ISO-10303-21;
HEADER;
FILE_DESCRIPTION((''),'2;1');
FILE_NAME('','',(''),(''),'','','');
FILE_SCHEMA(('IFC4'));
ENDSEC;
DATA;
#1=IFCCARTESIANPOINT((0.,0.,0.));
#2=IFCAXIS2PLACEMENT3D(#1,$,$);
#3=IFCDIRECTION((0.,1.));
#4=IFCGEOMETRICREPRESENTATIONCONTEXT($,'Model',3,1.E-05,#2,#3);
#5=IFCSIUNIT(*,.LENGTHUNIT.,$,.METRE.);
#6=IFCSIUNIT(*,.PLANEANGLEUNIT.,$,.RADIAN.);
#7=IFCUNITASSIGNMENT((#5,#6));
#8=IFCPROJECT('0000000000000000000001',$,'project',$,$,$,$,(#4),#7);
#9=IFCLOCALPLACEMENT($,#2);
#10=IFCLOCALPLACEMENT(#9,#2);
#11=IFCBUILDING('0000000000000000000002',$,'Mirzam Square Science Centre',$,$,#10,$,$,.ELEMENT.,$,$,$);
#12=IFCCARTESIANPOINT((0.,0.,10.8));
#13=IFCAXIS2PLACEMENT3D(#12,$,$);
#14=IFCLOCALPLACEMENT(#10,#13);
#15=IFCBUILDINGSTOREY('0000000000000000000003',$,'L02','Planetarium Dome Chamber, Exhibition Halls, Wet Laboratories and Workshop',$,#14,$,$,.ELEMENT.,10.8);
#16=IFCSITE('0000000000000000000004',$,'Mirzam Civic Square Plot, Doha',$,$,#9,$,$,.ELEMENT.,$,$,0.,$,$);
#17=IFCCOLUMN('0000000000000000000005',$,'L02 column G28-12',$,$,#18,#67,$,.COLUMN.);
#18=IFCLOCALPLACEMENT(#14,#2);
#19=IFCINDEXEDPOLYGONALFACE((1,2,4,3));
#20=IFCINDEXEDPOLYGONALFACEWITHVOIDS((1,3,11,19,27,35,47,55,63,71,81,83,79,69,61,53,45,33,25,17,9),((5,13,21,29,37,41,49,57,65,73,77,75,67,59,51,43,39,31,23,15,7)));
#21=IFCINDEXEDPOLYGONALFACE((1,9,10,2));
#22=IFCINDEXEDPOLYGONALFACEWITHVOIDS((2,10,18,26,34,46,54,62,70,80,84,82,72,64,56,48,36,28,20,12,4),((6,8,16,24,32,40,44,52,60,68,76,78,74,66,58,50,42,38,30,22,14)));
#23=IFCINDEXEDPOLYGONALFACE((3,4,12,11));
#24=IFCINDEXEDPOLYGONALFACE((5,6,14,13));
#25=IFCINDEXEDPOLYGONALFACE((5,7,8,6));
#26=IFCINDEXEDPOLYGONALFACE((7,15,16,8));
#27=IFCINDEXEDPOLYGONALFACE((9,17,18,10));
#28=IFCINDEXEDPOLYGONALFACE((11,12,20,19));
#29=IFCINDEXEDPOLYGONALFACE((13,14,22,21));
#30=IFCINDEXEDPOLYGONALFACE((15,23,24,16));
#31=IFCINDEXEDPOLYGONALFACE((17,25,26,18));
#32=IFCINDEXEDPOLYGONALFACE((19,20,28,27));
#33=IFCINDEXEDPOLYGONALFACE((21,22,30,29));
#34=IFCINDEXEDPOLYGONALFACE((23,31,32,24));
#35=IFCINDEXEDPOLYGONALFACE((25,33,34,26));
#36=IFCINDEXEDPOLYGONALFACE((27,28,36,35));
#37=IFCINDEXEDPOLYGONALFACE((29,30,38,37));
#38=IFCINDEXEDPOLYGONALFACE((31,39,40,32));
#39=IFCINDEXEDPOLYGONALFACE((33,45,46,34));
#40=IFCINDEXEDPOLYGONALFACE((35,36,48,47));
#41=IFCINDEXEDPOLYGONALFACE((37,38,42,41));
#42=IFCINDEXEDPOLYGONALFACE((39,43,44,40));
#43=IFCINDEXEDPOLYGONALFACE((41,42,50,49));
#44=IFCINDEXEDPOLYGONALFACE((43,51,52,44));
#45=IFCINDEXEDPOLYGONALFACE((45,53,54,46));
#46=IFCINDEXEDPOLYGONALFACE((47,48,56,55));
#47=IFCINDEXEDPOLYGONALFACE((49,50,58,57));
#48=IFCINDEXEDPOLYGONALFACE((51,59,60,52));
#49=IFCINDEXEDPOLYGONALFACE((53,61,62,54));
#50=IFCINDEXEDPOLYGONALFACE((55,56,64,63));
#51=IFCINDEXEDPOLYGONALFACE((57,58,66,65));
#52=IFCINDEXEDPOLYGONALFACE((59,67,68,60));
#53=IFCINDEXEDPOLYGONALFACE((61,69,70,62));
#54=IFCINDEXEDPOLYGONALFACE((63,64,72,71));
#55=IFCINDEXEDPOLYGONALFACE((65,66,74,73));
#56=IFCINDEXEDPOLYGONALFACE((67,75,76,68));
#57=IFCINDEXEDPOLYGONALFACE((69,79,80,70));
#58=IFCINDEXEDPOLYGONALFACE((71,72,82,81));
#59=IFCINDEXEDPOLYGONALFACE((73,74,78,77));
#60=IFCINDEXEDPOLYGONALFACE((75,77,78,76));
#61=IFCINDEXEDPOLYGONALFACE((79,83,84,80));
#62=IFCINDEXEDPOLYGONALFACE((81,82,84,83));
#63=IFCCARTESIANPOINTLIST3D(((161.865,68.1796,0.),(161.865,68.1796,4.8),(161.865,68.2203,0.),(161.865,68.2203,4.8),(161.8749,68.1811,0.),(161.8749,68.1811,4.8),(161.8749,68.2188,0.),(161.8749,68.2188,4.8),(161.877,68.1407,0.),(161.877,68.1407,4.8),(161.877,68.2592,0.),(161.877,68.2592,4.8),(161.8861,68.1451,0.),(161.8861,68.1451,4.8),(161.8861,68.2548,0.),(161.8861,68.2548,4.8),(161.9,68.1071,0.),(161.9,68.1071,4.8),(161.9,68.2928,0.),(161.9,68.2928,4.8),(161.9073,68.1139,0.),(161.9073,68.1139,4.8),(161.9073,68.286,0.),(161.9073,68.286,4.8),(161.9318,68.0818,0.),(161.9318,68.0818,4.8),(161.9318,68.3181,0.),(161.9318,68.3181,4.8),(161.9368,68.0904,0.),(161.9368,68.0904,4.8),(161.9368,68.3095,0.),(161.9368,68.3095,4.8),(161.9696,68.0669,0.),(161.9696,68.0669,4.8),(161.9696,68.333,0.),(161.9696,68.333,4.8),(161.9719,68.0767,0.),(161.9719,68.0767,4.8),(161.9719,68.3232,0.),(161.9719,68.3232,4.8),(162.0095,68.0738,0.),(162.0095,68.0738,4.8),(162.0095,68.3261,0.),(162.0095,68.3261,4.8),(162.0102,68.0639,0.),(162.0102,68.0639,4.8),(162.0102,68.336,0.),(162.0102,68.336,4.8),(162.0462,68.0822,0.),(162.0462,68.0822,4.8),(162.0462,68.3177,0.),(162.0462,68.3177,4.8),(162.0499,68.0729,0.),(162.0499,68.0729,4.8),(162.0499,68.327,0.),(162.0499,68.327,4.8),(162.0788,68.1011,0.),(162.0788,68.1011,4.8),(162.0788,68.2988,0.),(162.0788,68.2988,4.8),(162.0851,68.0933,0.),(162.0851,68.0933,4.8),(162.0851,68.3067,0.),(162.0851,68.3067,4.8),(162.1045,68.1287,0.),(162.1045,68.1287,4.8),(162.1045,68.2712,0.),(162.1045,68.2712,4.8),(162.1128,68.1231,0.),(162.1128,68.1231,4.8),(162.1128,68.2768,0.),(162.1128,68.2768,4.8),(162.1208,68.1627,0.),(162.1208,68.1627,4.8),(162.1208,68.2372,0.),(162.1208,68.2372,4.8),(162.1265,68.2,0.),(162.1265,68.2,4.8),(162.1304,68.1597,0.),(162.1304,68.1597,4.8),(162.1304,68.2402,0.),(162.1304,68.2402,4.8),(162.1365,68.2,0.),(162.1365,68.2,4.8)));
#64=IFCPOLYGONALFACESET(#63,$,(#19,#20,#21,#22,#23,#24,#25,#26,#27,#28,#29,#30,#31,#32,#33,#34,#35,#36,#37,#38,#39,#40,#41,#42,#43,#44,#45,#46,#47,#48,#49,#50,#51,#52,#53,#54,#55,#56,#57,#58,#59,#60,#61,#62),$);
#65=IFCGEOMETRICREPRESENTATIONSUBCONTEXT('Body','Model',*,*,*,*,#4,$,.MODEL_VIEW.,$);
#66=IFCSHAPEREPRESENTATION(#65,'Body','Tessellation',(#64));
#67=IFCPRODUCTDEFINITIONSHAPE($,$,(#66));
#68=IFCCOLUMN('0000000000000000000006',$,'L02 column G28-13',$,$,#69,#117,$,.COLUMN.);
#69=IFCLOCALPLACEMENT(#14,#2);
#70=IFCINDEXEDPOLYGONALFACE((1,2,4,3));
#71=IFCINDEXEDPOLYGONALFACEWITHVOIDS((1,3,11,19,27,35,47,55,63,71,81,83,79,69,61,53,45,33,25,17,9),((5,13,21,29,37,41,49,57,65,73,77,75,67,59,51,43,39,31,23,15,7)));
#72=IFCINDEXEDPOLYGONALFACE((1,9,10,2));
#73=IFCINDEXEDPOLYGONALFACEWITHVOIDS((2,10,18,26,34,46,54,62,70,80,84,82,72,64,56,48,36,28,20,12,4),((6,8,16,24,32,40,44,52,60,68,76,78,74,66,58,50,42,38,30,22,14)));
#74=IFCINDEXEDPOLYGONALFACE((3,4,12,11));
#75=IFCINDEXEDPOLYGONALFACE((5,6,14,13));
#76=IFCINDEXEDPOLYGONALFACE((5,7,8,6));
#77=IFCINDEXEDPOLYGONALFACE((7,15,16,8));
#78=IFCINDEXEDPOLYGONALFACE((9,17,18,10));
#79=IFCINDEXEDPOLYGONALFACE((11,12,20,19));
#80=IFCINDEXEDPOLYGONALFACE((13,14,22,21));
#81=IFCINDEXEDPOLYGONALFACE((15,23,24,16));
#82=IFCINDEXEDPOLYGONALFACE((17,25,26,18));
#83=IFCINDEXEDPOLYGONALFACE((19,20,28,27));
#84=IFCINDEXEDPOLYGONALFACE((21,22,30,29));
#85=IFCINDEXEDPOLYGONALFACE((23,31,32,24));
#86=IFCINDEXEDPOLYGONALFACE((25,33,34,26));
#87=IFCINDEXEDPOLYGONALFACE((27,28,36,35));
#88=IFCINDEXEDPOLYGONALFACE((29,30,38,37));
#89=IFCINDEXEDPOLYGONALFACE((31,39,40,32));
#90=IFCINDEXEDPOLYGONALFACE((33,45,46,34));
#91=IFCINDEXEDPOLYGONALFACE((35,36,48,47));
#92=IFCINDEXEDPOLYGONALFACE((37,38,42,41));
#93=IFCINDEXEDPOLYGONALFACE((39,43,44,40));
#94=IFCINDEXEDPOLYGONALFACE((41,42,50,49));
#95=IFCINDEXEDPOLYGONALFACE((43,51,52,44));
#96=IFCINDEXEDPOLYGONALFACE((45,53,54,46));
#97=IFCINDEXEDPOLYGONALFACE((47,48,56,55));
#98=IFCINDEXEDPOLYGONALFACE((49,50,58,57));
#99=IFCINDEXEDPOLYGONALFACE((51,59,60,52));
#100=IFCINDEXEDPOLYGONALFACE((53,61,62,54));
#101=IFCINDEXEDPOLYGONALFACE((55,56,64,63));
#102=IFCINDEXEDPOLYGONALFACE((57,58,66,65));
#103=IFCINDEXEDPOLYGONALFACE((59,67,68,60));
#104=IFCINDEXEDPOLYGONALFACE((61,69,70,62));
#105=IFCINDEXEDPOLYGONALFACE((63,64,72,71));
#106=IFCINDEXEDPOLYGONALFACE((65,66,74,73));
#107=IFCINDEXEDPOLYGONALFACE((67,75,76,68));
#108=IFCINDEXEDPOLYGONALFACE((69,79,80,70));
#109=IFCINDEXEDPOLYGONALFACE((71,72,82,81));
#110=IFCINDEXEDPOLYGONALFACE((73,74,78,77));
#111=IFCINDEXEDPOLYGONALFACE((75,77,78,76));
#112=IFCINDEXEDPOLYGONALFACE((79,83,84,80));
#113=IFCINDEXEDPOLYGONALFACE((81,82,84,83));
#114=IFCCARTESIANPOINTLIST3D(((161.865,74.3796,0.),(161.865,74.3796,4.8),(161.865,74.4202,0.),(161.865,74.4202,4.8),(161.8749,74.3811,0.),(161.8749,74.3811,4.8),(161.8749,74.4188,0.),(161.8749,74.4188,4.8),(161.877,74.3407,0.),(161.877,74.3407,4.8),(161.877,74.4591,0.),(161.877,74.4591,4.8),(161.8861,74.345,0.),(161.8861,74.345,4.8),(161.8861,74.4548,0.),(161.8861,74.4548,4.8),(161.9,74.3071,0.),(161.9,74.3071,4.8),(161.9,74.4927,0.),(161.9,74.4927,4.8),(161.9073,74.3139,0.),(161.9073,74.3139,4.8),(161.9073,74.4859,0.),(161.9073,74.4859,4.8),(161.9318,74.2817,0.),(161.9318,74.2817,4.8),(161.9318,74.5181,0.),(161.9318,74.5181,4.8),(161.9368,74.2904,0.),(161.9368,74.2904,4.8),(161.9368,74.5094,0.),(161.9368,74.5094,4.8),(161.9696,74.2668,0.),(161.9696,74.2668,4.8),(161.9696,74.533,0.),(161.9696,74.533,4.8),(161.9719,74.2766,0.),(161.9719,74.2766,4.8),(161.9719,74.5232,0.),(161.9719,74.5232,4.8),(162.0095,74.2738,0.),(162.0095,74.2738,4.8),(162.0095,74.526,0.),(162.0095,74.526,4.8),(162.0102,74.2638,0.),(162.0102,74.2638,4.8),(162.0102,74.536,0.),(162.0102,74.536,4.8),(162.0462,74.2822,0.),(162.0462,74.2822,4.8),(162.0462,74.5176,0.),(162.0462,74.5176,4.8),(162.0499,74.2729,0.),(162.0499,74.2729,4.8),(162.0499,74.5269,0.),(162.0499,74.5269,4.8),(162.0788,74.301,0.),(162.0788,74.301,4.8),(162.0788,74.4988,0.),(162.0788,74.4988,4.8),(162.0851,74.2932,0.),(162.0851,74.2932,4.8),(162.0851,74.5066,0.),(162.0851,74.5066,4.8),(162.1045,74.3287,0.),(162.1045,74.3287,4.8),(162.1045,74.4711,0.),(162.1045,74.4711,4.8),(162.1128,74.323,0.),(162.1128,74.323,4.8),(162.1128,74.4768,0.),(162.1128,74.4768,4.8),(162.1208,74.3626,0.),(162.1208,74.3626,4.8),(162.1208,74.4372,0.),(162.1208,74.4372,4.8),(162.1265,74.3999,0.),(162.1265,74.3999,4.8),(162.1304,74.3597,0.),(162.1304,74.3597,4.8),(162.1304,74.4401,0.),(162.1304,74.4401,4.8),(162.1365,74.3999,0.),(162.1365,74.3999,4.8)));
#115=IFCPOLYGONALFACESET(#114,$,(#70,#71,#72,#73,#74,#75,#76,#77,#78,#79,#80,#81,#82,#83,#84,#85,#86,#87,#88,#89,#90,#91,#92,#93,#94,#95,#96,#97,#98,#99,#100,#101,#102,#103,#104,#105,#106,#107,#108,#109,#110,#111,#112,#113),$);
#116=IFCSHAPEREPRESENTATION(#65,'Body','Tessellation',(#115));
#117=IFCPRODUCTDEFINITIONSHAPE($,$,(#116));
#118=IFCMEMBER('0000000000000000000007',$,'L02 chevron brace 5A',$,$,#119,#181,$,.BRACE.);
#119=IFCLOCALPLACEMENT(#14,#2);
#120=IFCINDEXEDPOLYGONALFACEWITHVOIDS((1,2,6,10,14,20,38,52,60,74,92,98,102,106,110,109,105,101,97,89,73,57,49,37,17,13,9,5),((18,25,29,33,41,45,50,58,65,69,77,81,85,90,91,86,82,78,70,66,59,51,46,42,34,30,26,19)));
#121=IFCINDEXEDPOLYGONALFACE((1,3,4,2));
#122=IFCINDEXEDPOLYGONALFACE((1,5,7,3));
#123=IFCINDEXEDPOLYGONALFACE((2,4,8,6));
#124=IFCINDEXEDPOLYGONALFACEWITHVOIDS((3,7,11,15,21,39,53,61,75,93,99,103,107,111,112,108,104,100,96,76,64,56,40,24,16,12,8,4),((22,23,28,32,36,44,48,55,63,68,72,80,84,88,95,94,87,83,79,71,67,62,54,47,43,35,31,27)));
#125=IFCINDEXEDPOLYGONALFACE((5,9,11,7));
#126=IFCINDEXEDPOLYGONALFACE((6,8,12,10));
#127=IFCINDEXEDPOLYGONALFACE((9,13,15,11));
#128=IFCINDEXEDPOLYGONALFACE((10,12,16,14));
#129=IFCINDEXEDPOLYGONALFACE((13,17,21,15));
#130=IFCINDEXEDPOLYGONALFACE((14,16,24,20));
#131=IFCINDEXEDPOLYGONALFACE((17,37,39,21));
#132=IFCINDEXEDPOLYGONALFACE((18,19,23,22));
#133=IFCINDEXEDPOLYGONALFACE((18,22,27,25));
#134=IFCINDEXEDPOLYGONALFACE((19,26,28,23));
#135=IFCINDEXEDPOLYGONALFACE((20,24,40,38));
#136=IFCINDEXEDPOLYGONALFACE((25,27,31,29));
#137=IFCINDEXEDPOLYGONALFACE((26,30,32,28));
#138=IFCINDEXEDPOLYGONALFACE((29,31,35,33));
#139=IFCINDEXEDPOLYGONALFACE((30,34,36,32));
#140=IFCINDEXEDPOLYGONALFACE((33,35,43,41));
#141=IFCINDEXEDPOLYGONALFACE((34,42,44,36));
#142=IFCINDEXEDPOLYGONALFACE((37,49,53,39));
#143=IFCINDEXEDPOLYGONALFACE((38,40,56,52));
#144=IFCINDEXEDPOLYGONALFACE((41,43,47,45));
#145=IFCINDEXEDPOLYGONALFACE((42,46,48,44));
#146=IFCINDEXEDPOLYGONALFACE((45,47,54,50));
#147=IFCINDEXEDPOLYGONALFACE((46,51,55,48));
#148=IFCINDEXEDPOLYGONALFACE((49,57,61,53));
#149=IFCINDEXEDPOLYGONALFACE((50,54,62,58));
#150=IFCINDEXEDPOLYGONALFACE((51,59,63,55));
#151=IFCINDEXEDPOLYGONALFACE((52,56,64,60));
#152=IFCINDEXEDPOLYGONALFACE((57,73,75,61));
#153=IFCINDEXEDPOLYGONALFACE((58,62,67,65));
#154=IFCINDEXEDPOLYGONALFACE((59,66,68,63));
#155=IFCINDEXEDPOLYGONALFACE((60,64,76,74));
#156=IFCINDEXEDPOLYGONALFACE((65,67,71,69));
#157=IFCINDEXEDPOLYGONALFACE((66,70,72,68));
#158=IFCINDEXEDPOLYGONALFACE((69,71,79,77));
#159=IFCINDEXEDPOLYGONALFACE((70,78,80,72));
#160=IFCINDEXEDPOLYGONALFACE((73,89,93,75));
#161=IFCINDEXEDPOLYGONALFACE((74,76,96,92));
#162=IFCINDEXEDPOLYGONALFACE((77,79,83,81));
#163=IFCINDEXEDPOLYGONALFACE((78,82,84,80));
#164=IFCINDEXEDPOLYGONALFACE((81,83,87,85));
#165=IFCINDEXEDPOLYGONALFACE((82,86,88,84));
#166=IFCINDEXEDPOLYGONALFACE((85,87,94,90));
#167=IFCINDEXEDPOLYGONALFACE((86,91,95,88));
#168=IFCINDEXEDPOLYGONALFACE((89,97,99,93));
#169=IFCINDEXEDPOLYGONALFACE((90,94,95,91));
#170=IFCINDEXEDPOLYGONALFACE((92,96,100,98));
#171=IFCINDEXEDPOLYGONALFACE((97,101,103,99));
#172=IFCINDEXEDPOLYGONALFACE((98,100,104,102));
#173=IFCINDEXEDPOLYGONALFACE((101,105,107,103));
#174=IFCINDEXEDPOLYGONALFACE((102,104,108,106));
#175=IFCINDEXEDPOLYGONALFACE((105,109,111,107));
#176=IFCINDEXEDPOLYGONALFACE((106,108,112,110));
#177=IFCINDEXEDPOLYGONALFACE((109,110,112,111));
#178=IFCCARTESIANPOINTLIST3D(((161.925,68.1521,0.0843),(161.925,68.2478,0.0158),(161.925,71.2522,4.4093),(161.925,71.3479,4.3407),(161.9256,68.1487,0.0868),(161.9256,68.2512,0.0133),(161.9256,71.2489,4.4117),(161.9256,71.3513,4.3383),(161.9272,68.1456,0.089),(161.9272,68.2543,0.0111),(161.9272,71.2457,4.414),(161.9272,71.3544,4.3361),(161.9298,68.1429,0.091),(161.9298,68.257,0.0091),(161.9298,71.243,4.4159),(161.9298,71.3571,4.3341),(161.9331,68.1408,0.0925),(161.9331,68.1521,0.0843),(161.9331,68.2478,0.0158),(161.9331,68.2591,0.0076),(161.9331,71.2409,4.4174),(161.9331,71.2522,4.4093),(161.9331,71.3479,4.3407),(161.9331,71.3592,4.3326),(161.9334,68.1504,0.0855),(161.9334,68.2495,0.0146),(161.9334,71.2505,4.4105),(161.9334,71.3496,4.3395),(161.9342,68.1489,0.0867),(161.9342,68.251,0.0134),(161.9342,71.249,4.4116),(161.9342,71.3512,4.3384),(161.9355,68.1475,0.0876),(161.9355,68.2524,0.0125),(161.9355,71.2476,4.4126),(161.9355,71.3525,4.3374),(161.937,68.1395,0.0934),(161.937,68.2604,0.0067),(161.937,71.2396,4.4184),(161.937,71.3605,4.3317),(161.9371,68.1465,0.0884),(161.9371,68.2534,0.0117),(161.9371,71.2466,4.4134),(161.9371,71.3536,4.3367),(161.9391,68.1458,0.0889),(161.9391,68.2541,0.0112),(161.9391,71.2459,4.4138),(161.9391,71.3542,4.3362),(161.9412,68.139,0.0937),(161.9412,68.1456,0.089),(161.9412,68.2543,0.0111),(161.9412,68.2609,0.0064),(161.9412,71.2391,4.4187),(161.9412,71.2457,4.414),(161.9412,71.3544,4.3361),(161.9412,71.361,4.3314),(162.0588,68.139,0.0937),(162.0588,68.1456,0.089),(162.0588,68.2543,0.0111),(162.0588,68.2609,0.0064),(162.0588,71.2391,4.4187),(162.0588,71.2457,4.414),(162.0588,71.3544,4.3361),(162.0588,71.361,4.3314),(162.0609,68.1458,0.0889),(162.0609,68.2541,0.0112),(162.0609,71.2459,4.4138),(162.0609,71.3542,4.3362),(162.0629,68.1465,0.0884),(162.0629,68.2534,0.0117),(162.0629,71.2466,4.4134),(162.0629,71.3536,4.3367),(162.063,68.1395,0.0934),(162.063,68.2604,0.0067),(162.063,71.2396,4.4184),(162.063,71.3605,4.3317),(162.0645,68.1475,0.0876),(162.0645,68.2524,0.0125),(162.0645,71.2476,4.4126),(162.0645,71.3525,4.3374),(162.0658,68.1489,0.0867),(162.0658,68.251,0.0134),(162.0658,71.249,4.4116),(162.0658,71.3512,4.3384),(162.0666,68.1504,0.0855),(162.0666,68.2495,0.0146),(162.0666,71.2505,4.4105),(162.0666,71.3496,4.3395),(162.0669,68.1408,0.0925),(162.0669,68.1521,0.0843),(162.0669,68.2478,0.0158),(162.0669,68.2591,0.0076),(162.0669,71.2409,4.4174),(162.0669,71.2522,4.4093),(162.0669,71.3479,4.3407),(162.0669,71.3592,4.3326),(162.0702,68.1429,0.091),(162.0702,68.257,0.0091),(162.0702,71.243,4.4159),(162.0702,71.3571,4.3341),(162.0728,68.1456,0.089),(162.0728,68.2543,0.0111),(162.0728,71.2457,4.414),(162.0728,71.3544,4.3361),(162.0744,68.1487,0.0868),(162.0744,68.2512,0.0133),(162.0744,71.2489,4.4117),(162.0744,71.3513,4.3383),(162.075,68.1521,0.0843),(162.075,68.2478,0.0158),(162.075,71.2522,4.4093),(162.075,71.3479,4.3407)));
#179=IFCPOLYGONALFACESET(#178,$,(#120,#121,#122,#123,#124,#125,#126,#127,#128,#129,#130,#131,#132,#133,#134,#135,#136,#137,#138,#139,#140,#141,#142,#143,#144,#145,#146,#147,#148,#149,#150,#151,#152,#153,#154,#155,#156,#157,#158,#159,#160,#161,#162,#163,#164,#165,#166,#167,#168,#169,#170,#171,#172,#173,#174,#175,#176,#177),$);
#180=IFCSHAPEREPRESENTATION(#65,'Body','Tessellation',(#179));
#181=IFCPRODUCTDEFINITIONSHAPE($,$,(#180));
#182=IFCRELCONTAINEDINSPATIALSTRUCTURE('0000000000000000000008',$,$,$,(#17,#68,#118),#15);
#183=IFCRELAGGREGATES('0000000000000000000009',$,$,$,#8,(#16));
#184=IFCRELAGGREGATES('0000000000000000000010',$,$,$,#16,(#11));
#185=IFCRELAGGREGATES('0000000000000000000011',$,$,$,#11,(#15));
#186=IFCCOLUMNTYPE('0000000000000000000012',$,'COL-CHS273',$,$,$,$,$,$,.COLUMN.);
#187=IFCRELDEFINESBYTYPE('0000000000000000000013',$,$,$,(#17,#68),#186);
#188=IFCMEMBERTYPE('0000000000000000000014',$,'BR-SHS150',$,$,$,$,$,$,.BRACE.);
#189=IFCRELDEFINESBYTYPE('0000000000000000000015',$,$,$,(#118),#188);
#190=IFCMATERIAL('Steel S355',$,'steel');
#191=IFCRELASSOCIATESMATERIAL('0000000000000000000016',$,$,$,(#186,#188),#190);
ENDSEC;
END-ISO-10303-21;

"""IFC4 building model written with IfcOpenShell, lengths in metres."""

from ifc_helpers import new_model, si_unit, direction, frame, origin, origin_2d, place, context, subcontext, project, spatial, hollow_rectangle, hollow_circle, extrude, material, material_profile, profile_set, type_object, element, save


model = new_model("IFC4")

# Units and contexts
model_context = context("Model", 3, precision=1e-05, world=origin(), true_north=direction((0.0, 1.0)))
body_context = subcontext(model_context, "Body", "Model", "MODEL_VIEW")
ifc_project = project(units=[si_unit("LENGTHUNIT", "METRE"), si_unit("PLANEANGLEUNIT", "RADIAN")], contexts=[model_context])

# Site, building, storey
site_placement = place(None, origin())
site = spatial("IfcSite", under=ifc_project, at=site_placement, Name="Mirzam Civic Square Plot, Doha", CompositionType="ELEMENT", RefElevation=0.0)
building_placement = place(site_placement, origin())
building = spatial("IfcBuilding", under=site, at=building_placement, Name="Mirzam Square Science Centre", CompositionType="ELEMENT")
storey_placement = place(building_placement, frame((0.0, 0.0, 10.8)))
storey = spatial("IfcBuildingStorey", under=building, at=storey_placement, Name="L02", Description="Planetarium Dome Chamber, Exhibition Halls, Wet Laboratories and Workshop", CompositionType="ELEMENT", Elevation=10.8)

# Columns
ifc_material_1 = material(Name="Steel S355", Category="steel")
ifc_material_profile_1 = material_profile(ifc_material_1, hollow_circle(Radius=0.1365, WallThickness=0.01, at=origin_2d()), Name="273.0x10.0CHS")
ifc_profile_set_1 = profile_set([ifc_material_profile_1], Name="Steel S355")
column_type = type_object("IfcColumnType", Name="COL-CHS273", PredefinedType="COLUMN", material=ifc_profile_set_1)
for number, where, z_axis, x_axis, name in (
    (1, (162.0, 68.2, 0.0), (0.0, 0.0, 1.0), (1.0, 0.0, 0.0), "L02 column G28-12"),
    (2, (162.0, 74.3999, 0.0), (0.0, 0.0, 1.0), (1.0, 0.0, 0.0), "L02 column G28-13"),
):
    element("IfcColumn", number, at=place(storey_placement, frame(where, z_axis=z_axis, x_axis=x_axis)), inside=storey, type_object=column_type, Name=name, PredefinedType="COLUMN", context=body_context, shape_type="SweptSolid", body=[
        extrude(hollow_circle(Radius=0.1365, WallThickness=0.01, at=origin_2d()), origin(), (0.0, 0.0, 1.0), 4.8),
    ])

# Member
ifc_material_profile_2 = material_profile(ifc_material_1, hollow_rectangle(XDim=0.1499, YDim=0.1499, WallThickness=0.0081, InnerFilletRadius=0.0081, OuterFilletRadius=0.0161, at=origin_2d()), Name="150x150x8.0SHS")
ifc_profile_set_2 = profile_set([ifc_material_profile_2], Name="Steel S355")
member_type_1 = type_object("IfcMemberType", Name="BR-SHS150", PredefinedType="BRACE", material=ifc_profile_set_2)
member_1_placement = place(storey_placement, frame((162.0, 68.2, 0.05), z_axis=(0.0, 0.582587, 0.812768), x_axis=(-1.0, 0.0, 0.0)))
element("IfcMember", 3, at=member_1_placement, inside=storey, type_object=member_type_1, Name="L02 chevron brace 5A", PredefinedType="BRACE", context=body_context, shape_type="SweptSolid", body=[
    extrude(hollow_rectangle(XDim=0.1499, YDim=0.1499, WallThickness=0.0081, InnerFilletRadius=0.0081, OuterFilletRadius=0.0161, at=origin_2d()), origin(), (0.0, 0.0, 1.0), 5.3213),
])

save(model, "model.ifc")
